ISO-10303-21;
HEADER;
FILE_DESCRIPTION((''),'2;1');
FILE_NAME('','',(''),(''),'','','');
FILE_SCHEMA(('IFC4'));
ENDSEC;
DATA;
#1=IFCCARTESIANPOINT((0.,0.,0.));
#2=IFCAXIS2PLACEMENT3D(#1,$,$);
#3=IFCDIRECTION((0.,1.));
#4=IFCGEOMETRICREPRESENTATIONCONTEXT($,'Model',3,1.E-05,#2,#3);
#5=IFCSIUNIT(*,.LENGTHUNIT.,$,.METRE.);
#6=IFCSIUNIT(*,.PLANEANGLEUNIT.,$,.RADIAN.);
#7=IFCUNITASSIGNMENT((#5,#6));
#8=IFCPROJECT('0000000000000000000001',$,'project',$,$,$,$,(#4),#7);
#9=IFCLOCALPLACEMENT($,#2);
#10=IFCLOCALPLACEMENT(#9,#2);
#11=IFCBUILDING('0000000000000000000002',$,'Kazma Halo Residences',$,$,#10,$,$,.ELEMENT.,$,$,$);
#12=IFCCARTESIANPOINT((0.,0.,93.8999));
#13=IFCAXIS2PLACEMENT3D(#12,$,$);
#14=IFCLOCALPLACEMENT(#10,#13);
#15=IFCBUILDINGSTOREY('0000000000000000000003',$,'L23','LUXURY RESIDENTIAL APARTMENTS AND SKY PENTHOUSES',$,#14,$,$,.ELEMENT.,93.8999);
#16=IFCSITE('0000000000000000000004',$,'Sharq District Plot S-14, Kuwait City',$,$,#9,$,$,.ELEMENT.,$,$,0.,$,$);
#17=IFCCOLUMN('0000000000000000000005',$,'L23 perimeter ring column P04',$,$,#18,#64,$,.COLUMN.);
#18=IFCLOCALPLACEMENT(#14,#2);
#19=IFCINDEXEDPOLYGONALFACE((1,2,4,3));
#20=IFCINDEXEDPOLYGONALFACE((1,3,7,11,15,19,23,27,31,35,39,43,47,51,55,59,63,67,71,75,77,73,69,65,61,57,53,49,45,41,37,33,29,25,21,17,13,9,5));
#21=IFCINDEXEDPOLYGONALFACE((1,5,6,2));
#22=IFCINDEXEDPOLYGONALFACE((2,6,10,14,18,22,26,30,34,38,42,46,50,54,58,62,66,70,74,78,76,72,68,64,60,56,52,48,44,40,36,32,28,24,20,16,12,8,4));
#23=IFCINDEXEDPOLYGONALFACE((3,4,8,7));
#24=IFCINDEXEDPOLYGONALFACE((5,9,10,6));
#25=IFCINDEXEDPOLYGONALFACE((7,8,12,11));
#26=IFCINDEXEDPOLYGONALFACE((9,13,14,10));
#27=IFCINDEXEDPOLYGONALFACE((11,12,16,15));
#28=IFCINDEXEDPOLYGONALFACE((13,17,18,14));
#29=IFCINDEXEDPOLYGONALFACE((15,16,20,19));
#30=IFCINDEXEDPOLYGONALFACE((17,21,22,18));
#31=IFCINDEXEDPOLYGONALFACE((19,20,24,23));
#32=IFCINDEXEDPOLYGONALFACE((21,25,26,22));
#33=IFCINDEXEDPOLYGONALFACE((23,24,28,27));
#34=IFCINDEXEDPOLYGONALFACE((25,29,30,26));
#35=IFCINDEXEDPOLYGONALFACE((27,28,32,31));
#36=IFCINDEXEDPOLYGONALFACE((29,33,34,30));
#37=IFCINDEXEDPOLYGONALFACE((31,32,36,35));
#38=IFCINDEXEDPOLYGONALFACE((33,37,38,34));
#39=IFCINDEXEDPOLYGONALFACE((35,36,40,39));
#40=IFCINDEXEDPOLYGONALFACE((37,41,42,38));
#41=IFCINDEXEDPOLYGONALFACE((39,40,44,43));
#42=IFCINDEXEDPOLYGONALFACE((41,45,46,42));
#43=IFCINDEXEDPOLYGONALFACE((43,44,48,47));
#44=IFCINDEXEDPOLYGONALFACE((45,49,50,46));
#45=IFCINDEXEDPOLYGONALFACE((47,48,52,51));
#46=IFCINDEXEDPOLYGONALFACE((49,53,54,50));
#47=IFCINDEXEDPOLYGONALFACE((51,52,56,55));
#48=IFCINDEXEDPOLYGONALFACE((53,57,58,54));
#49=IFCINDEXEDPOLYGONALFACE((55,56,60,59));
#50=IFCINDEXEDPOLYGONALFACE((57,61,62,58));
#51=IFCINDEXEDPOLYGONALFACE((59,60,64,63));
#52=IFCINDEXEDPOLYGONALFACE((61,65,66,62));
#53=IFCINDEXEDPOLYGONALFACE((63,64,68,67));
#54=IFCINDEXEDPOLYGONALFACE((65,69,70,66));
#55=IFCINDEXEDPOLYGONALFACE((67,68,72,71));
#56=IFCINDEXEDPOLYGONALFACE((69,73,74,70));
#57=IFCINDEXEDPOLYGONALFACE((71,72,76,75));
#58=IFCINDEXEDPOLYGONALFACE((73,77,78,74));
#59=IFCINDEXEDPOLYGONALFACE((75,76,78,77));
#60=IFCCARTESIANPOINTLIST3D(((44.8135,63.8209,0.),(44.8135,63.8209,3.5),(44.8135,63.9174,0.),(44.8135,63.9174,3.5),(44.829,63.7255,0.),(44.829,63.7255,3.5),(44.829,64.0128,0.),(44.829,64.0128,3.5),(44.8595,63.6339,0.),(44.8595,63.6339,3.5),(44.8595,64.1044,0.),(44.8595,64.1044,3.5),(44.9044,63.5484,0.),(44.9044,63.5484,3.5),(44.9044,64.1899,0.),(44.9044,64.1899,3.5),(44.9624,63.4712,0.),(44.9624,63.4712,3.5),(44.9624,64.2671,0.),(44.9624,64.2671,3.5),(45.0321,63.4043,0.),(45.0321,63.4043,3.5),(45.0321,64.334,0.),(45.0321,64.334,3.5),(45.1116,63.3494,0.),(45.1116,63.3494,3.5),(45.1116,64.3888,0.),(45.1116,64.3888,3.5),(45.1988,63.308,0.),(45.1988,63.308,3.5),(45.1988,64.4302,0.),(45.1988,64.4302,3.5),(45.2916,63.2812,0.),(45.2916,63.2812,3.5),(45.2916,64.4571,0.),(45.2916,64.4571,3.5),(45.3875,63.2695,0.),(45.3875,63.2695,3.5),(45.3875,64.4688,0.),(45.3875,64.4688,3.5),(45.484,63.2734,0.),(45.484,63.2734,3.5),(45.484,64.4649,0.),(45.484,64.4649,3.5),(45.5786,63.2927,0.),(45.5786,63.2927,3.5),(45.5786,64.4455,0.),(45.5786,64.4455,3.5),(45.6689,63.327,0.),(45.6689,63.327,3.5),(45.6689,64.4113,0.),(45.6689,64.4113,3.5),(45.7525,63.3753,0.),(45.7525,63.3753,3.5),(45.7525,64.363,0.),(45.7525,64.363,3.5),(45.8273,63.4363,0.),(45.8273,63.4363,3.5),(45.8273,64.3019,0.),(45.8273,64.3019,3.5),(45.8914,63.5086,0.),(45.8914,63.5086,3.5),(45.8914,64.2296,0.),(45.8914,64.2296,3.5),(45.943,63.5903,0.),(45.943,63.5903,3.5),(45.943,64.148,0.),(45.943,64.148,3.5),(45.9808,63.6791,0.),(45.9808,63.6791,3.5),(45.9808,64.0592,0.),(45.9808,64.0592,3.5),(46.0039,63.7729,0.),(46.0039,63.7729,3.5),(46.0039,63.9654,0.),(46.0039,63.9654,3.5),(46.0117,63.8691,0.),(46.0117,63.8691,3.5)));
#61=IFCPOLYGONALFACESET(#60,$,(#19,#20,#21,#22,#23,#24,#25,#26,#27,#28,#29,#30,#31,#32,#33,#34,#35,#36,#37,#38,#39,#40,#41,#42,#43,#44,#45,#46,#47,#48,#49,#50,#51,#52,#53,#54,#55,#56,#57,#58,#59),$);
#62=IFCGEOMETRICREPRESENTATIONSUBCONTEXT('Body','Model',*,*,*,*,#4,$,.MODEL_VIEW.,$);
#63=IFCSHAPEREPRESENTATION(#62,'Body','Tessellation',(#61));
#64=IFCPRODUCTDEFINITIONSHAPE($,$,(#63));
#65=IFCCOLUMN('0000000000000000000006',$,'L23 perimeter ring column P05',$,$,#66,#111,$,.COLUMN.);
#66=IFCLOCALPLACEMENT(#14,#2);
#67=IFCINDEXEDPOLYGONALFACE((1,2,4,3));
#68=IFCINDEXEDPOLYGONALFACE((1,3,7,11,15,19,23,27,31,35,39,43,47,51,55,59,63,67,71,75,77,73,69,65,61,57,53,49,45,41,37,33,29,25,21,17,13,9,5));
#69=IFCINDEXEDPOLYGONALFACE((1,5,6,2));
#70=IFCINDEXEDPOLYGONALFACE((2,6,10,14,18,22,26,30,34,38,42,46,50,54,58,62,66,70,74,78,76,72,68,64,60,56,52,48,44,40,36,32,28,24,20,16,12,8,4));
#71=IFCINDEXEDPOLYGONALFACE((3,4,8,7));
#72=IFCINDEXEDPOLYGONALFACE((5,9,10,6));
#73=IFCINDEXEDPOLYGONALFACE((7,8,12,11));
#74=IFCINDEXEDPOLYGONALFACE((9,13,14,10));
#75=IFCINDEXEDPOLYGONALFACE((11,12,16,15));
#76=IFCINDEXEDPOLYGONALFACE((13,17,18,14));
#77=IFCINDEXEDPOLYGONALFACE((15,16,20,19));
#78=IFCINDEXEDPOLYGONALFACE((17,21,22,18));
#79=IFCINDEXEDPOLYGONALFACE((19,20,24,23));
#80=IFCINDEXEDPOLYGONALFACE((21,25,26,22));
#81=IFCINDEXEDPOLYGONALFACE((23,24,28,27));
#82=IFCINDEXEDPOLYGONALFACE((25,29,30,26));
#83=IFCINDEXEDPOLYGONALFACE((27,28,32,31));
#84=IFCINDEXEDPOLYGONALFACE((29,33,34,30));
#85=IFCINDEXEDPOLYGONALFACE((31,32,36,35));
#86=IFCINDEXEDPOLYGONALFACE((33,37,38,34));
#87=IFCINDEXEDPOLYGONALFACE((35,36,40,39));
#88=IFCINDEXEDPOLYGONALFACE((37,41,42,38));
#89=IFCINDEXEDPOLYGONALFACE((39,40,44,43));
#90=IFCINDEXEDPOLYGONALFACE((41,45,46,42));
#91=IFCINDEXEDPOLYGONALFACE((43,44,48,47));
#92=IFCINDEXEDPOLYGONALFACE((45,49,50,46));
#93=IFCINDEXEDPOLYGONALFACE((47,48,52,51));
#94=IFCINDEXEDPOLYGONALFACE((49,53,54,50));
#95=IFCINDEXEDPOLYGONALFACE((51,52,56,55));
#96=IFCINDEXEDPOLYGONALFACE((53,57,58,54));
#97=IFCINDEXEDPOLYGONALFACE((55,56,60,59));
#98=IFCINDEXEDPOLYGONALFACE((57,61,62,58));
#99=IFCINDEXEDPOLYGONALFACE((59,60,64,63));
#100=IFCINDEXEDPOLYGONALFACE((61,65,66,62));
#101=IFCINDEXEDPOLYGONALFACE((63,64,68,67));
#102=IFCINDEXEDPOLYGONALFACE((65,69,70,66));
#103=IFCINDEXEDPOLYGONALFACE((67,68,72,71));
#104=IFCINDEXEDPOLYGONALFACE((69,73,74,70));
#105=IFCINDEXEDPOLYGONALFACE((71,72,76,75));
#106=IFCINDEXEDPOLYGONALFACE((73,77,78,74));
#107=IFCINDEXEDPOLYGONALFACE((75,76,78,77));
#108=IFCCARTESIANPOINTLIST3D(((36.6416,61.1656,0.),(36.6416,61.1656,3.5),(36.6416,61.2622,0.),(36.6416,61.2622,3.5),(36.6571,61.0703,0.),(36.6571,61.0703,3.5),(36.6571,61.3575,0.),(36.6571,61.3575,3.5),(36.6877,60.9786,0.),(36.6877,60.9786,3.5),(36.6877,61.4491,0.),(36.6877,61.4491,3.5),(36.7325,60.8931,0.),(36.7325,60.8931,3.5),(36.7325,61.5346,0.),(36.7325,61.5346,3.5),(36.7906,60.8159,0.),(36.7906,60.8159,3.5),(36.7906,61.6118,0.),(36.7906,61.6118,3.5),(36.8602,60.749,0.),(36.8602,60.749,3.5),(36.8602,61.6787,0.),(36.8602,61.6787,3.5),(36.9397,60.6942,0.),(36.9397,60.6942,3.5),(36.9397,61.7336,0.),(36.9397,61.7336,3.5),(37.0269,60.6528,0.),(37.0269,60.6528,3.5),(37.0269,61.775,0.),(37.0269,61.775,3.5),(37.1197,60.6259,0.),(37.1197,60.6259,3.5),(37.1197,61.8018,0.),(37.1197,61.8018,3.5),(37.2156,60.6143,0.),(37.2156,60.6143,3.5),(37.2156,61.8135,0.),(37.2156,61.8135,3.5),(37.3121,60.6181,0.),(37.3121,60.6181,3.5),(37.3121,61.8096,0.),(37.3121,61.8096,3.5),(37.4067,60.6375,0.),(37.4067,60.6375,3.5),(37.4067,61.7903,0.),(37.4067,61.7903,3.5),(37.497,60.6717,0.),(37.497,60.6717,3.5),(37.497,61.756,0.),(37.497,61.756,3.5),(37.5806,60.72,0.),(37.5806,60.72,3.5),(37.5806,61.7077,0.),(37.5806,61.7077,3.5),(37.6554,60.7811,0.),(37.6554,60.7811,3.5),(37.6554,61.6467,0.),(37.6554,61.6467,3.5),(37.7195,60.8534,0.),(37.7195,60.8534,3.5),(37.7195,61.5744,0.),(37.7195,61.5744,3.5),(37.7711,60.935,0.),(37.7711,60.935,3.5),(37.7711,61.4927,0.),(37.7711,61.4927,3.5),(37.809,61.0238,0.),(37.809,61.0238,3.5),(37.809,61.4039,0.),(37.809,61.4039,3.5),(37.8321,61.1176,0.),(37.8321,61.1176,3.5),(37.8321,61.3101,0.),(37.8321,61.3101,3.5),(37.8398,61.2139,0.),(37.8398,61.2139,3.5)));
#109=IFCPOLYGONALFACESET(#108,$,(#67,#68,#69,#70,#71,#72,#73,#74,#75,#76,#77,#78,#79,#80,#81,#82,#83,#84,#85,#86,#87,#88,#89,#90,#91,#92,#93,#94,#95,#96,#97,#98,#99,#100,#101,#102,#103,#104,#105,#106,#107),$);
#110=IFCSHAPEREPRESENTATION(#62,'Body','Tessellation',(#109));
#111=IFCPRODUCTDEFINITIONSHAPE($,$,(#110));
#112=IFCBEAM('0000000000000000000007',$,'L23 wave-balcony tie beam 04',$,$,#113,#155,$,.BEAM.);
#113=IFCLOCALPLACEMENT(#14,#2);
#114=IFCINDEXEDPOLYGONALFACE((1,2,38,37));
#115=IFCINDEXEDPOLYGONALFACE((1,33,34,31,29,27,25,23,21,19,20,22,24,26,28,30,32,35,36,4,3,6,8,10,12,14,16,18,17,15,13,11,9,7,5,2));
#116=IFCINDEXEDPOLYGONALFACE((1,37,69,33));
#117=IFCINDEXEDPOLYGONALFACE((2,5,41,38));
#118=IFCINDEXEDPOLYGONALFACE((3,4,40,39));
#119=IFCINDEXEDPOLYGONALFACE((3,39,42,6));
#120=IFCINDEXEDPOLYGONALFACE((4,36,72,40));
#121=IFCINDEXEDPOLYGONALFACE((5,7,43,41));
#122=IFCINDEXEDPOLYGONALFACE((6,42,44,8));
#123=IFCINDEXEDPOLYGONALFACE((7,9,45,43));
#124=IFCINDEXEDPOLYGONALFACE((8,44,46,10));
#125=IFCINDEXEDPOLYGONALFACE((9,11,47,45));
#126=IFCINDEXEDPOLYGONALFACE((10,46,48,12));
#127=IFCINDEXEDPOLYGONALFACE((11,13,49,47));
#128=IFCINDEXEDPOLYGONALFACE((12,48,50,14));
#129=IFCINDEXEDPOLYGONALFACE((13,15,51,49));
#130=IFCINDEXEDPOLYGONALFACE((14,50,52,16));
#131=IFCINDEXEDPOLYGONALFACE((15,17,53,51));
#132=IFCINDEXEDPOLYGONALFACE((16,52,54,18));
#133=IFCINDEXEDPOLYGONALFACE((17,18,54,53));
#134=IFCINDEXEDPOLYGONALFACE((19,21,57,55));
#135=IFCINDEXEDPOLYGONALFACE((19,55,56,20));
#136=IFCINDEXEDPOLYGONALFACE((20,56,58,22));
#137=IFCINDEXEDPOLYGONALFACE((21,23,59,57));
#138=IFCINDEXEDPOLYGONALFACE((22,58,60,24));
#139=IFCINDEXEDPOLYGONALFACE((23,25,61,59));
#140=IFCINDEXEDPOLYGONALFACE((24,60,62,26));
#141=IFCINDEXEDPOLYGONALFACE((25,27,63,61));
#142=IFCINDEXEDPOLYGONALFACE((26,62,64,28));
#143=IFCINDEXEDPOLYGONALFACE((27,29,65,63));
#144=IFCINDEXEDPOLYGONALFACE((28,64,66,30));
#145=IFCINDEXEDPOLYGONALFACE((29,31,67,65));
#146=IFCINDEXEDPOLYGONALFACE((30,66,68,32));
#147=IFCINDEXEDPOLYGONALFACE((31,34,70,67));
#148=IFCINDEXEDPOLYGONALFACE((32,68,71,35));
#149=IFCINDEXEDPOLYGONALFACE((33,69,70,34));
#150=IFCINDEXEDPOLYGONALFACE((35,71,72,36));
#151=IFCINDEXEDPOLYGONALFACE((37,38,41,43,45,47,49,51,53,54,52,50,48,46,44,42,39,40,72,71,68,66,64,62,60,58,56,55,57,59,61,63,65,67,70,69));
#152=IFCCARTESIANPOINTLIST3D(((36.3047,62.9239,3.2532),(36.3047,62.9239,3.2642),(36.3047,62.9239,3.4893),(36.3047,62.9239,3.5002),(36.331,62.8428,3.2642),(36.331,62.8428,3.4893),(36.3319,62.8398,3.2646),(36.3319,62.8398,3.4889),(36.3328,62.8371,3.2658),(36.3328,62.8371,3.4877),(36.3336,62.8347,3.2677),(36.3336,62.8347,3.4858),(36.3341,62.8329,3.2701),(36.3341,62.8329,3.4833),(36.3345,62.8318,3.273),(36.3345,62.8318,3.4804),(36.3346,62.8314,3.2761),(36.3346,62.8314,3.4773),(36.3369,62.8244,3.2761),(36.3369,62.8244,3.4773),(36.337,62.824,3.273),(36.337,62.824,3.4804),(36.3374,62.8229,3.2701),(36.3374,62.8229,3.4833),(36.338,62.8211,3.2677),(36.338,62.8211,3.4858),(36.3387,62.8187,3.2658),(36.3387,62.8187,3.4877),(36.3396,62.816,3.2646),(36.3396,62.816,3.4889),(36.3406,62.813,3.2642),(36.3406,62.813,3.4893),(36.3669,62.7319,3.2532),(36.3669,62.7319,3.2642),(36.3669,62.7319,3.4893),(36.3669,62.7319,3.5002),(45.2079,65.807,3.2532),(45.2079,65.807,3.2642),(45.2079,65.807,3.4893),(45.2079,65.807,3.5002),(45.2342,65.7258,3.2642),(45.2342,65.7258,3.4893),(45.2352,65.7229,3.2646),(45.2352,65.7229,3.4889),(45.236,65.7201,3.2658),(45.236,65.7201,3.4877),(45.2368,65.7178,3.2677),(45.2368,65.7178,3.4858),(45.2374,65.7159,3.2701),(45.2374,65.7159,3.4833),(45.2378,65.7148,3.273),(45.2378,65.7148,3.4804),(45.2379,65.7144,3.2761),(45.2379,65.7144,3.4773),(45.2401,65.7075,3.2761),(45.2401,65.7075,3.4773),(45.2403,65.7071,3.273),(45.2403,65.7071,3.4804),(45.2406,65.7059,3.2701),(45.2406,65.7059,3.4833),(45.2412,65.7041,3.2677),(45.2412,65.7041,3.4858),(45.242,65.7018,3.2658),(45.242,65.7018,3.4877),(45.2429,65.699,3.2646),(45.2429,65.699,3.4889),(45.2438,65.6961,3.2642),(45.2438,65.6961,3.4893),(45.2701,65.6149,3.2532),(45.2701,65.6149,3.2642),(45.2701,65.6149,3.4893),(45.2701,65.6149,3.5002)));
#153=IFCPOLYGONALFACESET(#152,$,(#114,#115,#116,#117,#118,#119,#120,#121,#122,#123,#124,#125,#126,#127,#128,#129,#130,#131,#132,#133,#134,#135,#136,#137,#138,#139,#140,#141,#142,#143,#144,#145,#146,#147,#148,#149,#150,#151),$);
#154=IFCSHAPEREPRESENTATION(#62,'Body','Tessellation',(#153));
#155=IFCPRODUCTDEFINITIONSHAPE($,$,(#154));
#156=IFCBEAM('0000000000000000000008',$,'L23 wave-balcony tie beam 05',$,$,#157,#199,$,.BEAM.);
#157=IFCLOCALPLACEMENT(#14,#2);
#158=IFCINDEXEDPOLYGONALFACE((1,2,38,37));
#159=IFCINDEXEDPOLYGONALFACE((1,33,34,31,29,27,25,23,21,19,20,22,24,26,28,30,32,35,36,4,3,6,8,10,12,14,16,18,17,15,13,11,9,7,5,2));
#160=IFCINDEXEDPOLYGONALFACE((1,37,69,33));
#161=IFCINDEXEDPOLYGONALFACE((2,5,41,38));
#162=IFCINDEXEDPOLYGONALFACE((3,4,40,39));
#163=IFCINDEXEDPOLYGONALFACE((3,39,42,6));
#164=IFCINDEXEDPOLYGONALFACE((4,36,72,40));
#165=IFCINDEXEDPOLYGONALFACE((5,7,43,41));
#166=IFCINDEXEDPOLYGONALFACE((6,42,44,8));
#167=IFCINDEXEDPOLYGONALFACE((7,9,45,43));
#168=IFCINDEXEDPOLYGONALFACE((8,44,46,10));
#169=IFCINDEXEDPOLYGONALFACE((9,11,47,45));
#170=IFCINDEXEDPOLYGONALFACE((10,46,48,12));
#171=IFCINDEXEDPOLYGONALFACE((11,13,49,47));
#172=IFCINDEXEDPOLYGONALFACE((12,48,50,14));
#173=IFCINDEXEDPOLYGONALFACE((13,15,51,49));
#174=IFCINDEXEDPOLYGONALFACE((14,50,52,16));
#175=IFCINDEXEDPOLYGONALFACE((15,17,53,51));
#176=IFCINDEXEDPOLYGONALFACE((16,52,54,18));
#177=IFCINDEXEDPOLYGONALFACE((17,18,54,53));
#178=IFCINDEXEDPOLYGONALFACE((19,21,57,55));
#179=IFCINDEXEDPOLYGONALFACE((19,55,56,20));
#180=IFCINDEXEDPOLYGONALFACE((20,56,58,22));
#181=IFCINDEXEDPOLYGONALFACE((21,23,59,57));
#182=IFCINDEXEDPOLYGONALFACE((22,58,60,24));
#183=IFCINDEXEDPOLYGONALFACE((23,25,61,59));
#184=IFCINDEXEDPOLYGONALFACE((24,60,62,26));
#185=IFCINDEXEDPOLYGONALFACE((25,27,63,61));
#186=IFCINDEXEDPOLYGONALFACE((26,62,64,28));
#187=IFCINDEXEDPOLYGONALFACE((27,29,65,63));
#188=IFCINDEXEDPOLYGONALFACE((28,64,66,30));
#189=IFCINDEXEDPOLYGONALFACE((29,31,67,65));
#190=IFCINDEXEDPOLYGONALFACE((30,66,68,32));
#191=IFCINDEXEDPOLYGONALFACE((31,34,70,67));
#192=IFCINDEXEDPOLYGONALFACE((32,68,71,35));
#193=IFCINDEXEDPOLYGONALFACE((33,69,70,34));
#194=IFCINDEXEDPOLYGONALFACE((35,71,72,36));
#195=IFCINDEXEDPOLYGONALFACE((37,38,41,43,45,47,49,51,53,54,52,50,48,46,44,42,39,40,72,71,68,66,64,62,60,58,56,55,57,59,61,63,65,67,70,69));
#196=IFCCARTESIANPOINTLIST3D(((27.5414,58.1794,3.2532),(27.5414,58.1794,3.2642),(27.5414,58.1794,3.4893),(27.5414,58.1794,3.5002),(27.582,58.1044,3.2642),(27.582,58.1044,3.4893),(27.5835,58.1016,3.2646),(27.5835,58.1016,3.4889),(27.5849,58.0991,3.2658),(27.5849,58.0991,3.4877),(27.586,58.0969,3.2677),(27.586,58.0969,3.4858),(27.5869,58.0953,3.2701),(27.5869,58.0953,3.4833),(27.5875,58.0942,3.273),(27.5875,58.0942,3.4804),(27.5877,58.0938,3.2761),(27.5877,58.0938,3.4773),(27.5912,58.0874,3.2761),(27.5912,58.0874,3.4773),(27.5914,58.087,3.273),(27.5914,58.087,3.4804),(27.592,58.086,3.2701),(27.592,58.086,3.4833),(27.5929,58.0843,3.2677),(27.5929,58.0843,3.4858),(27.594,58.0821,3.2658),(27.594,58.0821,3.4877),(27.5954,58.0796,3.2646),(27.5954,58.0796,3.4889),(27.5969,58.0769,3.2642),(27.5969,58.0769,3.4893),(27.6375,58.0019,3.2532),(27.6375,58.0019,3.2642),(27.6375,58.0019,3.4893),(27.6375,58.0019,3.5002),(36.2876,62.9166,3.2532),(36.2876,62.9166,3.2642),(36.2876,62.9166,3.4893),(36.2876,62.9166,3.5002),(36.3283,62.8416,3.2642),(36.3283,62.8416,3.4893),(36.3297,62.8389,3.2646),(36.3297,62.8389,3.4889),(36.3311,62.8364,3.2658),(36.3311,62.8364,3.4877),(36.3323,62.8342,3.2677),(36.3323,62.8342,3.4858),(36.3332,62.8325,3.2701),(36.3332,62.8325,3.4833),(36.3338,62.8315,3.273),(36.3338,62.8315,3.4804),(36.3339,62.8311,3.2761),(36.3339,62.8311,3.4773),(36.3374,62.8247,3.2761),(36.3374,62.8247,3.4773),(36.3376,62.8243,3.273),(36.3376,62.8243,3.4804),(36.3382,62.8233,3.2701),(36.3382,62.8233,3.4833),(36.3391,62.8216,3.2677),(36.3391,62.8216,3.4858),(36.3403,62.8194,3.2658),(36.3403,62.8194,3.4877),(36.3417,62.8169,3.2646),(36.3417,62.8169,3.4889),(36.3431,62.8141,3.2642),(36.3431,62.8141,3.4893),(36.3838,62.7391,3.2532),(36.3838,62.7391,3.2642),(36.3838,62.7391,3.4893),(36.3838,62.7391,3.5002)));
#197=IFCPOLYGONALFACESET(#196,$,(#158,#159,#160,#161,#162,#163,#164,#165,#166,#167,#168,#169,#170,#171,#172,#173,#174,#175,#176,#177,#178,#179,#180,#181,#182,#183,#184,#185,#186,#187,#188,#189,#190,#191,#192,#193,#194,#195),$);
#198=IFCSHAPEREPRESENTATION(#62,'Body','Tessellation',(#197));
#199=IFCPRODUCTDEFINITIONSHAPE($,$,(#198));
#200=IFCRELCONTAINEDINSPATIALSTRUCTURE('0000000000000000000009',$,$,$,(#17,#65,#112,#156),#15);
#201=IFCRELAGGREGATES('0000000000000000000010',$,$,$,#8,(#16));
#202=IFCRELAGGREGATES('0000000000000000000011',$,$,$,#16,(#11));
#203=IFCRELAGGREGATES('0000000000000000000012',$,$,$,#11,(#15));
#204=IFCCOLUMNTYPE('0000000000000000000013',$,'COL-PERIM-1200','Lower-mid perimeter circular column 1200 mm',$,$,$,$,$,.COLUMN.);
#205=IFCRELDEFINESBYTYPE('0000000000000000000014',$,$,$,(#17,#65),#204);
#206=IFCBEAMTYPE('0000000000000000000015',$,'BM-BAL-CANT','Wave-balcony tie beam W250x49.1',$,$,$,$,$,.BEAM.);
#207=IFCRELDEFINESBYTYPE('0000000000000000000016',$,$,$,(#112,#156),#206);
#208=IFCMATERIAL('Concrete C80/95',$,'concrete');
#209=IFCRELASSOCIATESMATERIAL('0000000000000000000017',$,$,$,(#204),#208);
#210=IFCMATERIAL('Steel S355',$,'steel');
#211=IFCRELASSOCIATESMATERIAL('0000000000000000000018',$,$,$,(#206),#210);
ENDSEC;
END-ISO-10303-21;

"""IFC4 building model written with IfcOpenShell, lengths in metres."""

from ifc_helpers import new_model, si_unit, direction, frame, origin, origin_2d, place, context, subcontext, project, spatial, circle, i_section, extrude, material, material_profile, profile_set, type_object, element, save


model = new_model("IFC4")

# Units and contexts
model_context = context("Model", 3, precision=1e-05, world=origin(), true_north=direction((0.0, 1.0)))
body_context = subcontext(model_context, "Body", "Model", "MODEL_VIEW")
ifc_project = project(units=[si_unit("LENGTHUNIT", "METRE"), si_unit("PLANEANGLEUNIT", "RADIAN")], contexts=[model_context])

# Site, building, storey
site_placement = place(None, origin())
site = spatial("IfcSite", under=ifc_project, at=site_placement, Name="Sharq District Plot S-14, Kuwait City", CompositionType="ELEMENT", RefElevation=0.0)
building_placement = place(site_placement, origin())
building = spatial("IfcBuilding", under=site, at=building_placement, Name="Kazma Halo Residences", CompositionType="ELEMENT")
storey_placement = place(building_placement, frame((0.0, 0.0, 93.8999)))
storey = spatial("IfcBuildingStorey", under=building, at=storey_placement, Name="L23", Description="LUXURY RESIDENTIAL APARTMENTS AND SKY PENTHOUSES", CompositionType="ELEMENT", Elevation=93.8999)

# Columns
ifc_material_1 = material(Name="Concrete C80/95", Category="concrete")
ifc_material_profile_1 = material_profile(ifc_material_1, circle(Radius=0.6001, at=origin_2d()), Name="CIRC1200")
ifc_profile_set_1 = profile_set([ifc_material_profile_1], Name="Concrete C80/95")
column_type = type_object("IfcColumnType", Name="COL-PERIM-1200", Description="Lower-mid perimeter circular column 1200 mm", PredefinedType="COLUMN", material=ifc_profile_set_1)
for number, where, z_axis, x_axis, name in (
    (1, (45.4116, 63.8691, 0.0), (0.0, 0.0, 1.0), (1.0, 0.0, 0.0), "L23 perimeter ring column P04"),
    (2, (37.2397, 61.2139, 0.0), (0.0, 0.0, 1.0), (1.0, 0.0, 0.0), "L23 perimeter ring column P05"),
):
    element("IfcColumn", number, at=place(storey_placement, frame(where, z_axis=z_axis, x_axis=x_axis)), inside=storey, type_object=column_type, Name=name, PredefinedType="COLUMN", context=body_context, shape_type="SweptSolid", body=[
        extrude(circle(Radius=0.6001, at=origin_2d()), origin(), (0.0, 0.0, 1.0), 3.5),
    ])

# Beams
ifc_material_2 = material(Name="Steel S355", Category="steel")
ifc_material_profile_2 = material_profile(ifc_material_2, i_section(OverallWidth=0.2019, OverallDepth=0.2471, WebThickness=0.0073, FlangeThickness=0.011, FilletRadius=0.012, at=origin_2d()), Name="W250x49.1")
ifc_profile_set_2 = profile_set([ifc_material_profile_2], Name="Steel S355")
beam_type_1 = type_object("IfcBeamType", Name="BM-BAL-CANT", Description="Wave-balcony tie beam W250x49.1", PredefinedType="BEAM", material=ifc_profile_set_2)
beam_1_placement = place(storey_placement, frame((45.239, 65.7109, 3.3767), z_axis=(-0.951364, -0.308069, 0.0), x_axis=(0.308069, -0.951364, 0.0)))
element("IfcBeam", 3, at=beam_1_placement, inside=storey, type_object=beam_type_1, Name="L23 wave-balcony tie beam 04", PredefinedType="BEAM", context=body_context, shape_type="SweptSolid", body=[
    extrude(i_section(OverallWidth=0.2019, OverallDepth=0.2471, WebThickness=0.0073, FlangeThickness=0.011, FilletRadius=0.012, at=origin_2d()), origin(), (0.0, 0.0, 1.0), 9.3584),
])
beam_2_placement = place(storey_placement, frame((36.3357, 62.8279, 3.3767), z_axis=(-0.879304, -0.47626, 0.0), x_axis=(0.47626, -0.879304, 0.0)))
element("IfcBeam", 4, at=beam_2_placement, inside=storey, type_object=beam_type_1, Name="L23 wave-balcony tie beam 05", PredefinedType="BEAM", context=body_context, shape_type="SweptSolid", body=[
    extrude(i_section(OverallWidth=0.2019, OverallDepth=0.2471, WebThickness=0.0073, FlangeThickness=0.011, FilletRadius=0.012, at=origin_2d()), origin(), (0.0, 0.0, 1.0), 9.9468),
])

save(model, "model.ifc")
